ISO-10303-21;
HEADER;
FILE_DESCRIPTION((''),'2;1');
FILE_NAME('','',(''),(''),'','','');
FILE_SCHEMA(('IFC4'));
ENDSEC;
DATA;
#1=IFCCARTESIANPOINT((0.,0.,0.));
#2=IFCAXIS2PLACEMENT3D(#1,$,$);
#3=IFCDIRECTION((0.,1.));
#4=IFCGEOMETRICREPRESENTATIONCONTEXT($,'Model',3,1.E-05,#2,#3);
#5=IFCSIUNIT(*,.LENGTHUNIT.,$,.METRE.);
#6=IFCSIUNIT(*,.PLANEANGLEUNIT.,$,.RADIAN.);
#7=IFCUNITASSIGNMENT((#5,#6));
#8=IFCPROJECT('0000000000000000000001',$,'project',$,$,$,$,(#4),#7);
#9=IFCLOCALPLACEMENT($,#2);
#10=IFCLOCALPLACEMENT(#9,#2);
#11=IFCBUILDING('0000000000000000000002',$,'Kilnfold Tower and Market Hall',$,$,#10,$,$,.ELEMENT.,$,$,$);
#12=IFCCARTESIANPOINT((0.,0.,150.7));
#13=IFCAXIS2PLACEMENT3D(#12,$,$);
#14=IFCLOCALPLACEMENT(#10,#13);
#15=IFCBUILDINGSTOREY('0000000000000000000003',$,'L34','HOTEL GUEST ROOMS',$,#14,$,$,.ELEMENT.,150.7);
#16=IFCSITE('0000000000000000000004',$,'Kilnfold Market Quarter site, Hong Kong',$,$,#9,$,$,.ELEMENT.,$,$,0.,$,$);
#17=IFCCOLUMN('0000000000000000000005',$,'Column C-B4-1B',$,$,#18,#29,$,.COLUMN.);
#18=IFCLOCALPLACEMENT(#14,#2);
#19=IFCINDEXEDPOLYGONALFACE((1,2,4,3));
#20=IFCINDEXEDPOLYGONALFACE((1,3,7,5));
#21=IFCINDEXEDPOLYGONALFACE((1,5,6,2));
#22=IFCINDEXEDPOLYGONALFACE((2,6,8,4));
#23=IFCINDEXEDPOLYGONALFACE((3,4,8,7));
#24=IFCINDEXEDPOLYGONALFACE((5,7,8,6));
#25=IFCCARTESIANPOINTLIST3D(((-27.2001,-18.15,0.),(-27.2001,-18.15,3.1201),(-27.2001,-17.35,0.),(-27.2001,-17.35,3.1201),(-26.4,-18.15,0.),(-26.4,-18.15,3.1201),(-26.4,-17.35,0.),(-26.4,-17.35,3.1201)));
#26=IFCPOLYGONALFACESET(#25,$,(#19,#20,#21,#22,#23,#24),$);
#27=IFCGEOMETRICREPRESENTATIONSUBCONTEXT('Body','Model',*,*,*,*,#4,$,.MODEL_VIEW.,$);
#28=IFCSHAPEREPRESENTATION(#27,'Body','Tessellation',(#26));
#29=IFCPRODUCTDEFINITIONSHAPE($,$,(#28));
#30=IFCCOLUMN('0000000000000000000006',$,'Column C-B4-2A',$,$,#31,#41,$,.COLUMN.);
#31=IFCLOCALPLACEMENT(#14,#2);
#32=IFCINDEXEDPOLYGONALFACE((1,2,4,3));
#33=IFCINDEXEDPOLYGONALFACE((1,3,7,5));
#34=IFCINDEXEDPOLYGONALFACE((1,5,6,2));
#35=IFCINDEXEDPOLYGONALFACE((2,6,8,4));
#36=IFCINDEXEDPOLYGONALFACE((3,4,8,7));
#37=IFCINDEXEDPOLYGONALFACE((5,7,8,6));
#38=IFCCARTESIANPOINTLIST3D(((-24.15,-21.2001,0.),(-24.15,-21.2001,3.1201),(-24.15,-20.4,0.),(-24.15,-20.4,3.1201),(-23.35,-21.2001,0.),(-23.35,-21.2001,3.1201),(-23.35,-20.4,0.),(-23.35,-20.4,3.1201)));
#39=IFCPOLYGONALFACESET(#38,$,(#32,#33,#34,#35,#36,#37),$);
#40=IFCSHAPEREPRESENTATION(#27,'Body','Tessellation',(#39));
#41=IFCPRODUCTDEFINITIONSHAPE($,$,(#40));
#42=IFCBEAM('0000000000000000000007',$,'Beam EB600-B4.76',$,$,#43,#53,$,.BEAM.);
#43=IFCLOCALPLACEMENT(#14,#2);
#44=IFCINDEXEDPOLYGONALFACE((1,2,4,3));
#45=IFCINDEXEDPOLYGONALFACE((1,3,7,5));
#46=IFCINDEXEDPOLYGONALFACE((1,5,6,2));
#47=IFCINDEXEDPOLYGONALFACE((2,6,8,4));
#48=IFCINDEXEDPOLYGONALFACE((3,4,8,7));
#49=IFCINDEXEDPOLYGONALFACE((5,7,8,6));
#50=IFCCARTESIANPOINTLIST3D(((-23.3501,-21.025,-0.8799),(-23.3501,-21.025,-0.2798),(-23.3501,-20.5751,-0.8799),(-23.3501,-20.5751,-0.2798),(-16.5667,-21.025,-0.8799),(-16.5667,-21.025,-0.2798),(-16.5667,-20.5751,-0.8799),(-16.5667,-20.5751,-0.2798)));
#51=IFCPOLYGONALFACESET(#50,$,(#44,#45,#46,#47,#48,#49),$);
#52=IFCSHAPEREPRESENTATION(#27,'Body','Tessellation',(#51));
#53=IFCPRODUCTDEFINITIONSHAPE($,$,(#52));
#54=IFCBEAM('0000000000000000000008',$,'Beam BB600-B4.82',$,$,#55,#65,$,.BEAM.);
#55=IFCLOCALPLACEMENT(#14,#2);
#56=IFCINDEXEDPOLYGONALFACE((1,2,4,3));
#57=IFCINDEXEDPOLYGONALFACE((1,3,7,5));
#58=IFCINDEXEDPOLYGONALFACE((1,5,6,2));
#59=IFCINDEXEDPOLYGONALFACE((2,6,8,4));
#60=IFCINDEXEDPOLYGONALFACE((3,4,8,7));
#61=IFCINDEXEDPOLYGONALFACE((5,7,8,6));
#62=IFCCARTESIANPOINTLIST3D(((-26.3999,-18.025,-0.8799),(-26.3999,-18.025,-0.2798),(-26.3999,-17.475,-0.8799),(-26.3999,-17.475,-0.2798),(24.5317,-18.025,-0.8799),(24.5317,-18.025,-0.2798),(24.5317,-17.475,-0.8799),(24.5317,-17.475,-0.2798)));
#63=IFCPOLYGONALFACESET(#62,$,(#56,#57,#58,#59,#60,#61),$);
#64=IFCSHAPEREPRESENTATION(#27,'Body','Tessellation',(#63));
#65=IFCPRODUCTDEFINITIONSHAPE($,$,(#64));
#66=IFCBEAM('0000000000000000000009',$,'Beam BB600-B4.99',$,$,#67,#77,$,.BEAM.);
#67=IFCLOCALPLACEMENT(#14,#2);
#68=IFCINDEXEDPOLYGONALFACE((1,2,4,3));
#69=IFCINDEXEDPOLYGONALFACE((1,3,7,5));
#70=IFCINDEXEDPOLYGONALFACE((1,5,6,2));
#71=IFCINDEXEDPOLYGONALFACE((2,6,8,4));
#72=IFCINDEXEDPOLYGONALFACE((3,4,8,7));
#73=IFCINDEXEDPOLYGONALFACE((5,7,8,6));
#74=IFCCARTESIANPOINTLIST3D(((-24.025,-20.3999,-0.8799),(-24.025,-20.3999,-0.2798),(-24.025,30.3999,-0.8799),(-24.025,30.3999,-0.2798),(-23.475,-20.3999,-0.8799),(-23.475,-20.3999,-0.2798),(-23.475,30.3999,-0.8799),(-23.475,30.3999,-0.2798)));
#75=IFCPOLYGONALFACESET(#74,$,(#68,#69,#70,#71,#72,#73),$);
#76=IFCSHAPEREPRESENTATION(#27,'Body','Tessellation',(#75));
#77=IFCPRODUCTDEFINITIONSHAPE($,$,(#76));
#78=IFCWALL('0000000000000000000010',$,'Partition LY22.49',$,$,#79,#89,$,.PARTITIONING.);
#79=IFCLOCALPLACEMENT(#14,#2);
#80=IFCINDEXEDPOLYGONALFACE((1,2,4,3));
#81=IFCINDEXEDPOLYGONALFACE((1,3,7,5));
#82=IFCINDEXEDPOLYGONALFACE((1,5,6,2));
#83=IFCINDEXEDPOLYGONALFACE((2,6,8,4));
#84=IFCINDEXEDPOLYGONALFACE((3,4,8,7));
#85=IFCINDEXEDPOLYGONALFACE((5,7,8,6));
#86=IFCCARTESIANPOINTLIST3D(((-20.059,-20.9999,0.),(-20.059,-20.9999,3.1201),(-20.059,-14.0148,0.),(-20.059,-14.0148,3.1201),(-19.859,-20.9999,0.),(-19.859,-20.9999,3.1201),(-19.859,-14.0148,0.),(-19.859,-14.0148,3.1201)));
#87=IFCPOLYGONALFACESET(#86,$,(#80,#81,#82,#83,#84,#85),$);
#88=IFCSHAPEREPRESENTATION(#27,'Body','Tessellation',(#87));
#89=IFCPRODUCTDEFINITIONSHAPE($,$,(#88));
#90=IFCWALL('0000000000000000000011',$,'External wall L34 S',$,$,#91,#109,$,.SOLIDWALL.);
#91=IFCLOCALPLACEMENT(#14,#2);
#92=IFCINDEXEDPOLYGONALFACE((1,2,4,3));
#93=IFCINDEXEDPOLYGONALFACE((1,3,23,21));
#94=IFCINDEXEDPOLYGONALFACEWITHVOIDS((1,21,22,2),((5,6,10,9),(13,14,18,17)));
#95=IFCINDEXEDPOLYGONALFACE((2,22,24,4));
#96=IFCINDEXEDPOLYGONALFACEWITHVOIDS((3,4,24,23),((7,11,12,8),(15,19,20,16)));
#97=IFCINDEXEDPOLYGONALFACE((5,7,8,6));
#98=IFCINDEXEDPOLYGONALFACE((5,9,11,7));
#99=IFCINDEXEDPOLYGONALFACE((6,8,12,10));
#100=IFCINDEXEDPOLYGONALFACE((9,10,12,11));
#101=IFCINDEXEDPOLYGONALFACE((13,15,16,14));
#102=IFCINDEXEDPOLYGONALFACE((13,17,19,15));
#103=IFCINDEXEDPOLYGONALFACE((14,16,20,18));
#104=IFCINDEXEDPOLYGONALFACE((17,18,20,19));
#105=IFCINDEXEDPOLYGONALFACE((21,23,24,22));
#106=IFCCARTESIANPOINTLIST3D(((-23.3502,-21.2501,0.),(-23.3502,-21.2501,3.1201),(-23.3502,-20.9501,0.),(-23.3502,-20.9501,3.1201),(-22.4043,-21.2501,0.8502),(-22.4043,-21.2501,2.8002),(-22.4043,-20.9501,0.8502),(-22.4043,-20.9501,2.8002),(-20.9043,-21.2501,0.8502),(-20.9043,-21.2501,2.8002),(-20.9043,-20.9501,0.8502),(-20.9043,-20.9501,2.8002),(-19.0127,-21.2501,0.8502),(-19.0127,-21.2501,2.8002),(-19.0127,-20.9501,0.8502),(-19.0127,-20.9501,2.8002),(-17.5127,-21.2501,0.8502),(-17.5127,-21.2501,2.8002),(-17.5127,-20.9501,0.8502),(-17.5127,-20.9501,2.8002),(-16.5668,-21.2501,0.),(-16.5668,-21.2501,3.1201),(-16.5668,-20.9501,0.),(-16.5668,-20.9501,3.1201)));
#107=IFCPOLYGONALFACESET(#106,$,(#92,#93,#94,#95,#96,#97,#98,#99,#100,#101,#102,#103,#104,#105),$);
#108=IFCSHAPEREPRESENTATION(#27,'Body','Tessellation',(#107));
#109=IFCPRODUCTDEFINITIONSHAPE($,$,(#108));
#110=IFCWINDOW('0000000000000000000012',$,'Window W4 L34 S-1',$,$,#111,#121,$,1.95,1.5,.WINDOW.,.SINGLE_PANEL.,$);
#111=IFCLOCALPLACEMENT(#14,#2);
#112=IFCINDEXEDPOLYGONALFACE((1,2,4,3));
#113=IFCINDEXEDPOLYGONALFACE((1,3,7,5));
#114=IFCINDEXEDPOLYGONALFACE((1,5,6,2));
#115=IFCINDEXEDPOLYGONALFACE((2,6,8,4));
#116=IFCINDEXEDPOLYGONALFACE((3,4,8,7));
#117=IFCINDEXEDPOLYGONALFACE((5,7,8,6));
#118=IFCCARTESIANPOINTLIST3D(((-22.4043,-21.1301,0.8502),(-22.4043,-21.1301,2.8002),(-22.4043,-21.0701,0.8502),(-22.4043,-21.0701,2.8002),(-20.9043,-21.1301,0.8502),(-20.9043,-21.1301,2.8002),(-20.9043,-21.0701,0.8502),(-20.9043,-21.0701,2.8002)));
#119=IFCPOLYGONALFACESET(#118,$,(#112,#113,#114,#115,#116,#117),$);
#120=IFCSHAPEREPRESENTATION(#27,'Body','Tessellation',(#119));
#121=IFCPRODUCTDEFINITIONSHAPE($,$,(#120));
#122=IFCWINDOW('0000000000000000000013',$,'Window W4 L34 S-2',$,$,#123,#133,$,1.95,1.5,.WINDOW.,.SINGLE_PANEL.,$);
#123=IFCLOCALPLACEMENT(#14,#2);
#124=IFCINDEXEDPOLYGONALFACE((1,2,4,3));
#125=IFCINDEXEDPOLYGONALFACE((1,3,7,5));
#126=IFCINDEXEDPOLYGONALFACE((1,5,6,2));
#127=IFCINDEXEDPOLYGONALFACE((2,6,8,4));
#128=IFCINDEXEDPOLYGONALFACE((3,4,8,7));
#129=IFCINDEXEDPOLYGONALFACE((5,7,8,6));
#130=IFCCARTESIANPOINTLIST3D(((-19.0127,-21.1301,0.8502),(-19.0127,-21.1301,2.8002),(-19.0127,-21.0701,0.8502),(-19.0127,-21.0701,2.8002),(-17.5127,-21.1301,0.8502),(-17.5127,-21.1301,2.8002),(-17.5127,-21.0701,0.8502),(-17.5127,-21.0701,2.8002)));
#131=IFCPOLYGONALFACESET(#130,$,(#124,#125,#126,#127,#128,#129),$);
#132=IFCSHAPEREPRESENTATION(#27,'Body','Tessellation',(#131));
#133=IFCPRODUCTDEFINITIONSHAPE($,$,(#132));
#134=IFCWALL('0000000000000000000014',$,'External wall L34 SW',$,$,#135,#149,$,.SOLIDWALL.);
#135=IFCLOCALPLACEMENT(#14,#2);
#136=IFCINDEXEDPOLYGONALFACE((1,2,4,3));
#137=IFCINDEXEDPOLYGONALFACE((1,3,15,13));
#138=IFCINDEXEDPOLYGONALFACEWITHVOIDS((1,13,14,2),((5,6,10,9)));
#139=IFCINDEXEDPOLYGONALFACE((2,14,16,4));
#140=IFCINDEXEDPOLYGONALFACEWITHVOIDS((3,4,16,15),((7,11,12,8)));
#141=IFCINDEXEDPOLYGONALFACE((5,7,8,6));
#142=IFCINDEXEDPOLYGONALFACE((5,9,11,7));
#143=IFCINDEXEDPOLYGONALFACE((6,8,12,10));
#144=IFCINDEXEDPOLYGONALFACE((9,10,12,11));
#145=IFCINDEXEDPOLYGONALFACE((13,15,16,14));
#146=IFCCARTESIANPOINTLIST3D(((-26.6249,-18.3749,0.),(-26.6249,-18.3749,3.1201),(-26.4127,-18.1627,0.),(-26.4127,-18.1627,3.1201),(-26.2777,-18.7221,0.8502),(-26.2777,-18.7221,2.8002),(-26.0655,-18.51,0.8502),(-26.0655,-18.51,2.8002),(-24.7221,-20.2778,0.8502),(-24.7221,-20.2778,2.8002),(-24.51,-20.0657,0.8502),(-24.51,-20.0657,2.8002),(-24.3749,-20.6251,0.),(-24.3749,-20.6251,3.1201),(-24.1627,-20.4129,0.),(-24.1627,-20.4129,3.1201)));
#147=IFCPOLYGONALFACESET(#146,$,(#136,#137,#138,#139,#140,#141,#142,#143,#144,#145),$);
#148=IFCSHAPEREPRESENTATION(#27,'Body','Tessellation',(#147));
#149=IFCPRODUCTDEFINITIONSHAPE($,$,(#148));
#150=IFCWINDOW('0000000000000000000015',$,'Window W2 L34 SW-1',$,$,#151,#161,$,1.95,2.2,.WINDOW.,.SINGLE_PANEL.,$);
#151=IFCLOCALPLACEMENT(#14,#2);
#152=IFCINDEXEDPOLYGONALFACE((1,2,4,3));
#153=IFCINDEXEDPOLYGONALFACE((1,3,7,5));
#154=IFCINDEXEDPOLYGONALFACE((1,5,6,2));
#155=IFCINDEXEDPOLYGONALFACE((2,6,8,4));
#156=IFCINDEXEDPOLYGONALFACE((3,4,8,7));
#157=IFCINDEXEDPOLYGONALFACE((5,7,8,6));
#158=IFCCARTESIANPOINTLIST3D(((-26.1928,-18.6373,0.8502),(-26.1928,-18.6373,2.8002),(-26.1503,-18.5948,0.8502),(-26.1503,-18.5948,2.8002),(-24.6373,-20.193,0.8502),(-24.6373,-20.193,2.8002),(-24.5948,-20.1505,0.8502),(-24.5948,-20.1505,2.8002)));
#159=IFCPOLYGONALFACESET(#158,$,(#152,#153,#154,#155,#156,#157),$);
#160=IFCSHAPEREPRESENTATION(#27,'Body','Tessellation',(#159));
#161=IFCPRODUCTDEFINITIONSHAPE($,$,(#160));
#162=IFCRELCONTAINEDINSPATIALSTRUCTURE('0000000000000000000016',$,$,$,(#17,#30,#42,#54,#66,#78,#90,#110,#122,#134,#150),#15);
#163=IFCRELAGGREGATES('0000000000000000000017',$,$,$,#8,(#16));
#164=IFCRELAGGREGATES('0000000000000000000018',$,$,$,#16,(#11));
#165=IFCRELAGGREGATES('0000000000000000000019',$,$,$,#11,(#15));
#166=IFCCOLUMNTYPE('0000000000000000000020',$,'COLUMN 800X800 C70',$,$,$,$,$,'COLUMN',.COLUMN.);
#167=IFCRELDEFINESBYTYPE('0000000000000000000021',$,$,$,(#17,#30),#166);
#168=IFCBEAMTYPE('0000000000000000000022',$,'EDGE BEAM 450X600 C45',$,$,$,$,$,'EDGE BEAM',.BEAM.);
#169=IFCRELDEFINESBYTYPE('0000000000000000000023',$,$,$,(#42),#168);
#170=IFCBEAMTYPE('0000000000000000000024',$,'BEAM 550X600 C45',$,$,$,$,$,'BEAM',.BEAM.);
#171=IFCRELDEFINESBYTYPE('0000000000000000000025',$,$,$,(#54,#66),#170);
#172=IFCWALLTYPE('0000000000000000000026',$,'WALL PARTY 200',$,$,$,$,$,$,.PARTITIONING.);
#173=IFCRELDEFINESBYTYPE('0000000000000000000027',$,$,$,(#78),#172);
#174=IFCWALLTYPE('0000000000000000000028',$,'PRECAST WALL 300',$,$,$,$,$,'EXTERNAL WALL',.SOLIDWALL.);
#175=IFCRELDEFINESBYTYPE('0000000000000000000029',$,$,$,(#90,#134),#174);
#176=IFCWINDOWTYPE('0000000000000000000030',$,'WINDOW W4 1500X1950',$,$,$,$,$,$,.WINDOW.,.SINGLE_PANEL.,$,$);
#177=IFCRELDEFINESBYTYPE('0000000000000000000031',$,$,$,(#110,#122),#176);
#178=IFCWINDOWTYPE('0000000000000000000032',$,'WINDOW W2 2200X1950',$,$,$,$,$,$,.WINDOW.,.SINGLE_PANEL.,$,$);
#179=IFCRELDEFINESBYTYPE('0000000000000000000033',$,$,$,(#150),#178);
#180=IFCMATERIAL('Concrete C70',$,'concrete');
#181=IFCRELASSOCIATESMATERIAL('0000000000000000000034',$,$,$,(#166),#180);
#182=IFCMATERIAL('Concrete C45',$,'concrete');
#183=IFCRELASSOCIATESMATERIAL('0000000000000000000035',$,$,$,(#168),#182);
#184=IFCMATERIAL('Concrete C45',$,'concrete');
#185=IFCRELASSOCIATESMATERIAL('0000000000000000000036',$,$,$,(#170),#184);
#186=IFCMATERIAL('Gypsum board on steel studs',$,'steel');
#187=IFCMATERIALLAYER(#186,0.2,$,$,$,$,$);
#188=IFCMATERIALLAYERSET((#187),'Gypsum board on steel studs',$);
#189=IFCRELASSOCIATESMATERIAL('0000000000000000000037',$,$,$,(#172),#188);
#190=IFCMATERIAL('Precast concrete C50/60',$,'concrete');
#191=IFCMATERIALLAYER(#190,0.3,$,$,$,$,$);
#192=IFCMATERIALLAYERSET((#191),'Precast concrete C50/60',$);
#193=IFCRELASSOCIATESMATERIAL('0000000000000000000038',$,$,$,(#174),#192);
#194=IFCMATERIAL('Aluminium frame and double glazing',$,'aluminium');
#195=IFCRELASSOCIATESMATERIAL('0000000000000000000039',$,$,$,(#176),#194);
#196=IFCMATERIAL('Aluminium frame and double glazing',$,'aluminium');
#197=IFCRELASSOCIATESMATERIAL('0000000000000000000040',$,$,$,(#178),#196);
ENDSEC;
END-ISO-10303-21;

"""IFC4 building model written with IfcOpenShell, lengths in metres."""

from ifc_helpers import new_model, si_unit, direction, frame, frame_2d, origin, origin_2d, place, context, subcontext, project, spatial, rectangle, extrude, source, transform, mapped, material, layer, layer_set, material_profile, profile_set, type_object, element, fill, save


model = new_model("IFC4")

# Units and contexts
model_context = context("Model", 3, precision=1e-05, world=origin(), true_north=direction((0.0, 1.0)))
body_context = subcontext(model_context, "Body", "Model", "MODEL_VIEW")
ifc_project = project(units=[si_unit("LENGTHUNIT", "METRE"), si_unit("PLANEANGLEUNIT", "RADIAN")], contexts=[model_context])

# Site, building, storey
site_placement = place(None, origin())
site = spatial("IfcSite", under=ifc_project, at=site_placement, Name="Kilnfold Market Quarter site, Hong Kong", CompositionType="ELEMENT", RefElevation=0.0)
building_placement = place(site_placement, origin())
building = spatial("IfcBuilding", under=site, at=building_placement, Name="Kilnfold Tower and Market Hall", CompositionType="ELEMENT")
storey_placement = place(building_placement, frame((0.0, 0.0, 150.7)))
storey = spatial("IfcBuildingStorey", under=building, at=storey_placement, Name="L34", Description="HOTEL GUEST ROOMS", CompositionType="ELEMENT", Elevation=150.7)

# Columns
ifc_material_1 = material(Name="Concrete C70", Category="concrete")
ifc_material_profile_1 = material_profile(ifc_material_1, rectangle(XDim=0.8, YDim=0.8, at=origin_2d()), Name="RC 800x800")
ifc_profile_set_1 = profile_set([ifc_material_profile_1], Name="Concrete C70")
column_type = type_object("IfcColumnType", Name="COLUMN 800X800 C70", ElementType="COLUMN", PredefinedType="COLUMN", material=ifc_profile_set_1)
shared_shape_1 = source(origin(), body_context, "Body", "SweptSolid", [
    extrude(rectangle(XDim=0.8, YDim=0.8, at=origin_2d()), origin(), (0.0, 0.0, 1.0), 3.1201),
])
for number, where, z_axis, x_axis, name in (
    (1, (-26.8, -17.75, 0.0), (0.0, 0.0, 1.0), (1.0, 0.0, 0.0), "Column C-B4-1B"),
    (2, (-23.75, -20.8, 0.0), (0.0, 0.0, 1.0), (1.0, 0.0, 0.0), "Column C-B4-2A"),
):
    element("IfcColumn", number, at=place(storey_placement, frame(where, z_axis=z_axis, x_axis=x_axis)), inside=storey, type_object=column_type, Name=name, PredefinedType="COLUMN", context=body_context, shape_type="MappedRepresentation", body=[
        mapped(shared_shape_1, transform((0.0, 0.0, 0.0))),
    ])

# Beams
ifc_material_2 = material(Name="Concrete C45", Category="concrete")
ifc_material_profile_2 = material_profile(ifc_material_2, rectangle(XDim=0.45, YDim=0.6001, at=origin_2d()), Name="RC 450x600")
ifc_profile_set_2 = profile_set([ifc_material_profile_2], Name="Concrete C45")
beam_type_1 = type_object("IfcBeamType", Name="EDGE BEAM 450X600 C45", ElementType="EDGE BEAM", PredefinedType="BEAM", material=ifc_profile_set_2)
shared_shape_2 = source(origin(), body_context, "Body", "SweptSolid", [
    extrude(rectangle(XDim=0.45, YDim=0.6001, at=origin_2d()), origin(), (0.0, 0.0, 1.0), 6.7834),
])
beam_1_placement = place(storey_placement, frame((-23.3501, -20.8, -0.5798), z_axis=(1.0, 0.0, 0.0), x_axis=(0.0, 1.0, 0.0)))
element("IfcBeam", 3, at=beam_1_placement, inside=storey, type_object=beam_type_1, Name="Beam EB600-B4.76", PredefinedType="BEAM", context=body_context, shape_type="MappedRepresentation", body=[
    mapped(shared_shape_2, transform((0.0, 0.0, 0.0))),
])
ifc_material_3 = material(Name="Concrete C45", Category="concrete")
ifc_material_profile_3 = material_profile(ifc_material_3, rectangle(XDim=0.55, YDim=0.6001, at=origin_2d()), Name="RC 550x600")
ifc_profile_set_3 = profile_set([ifc_material_profile_3], Name="Concrete C45")
beam_type_2 = type_object("IfcBeamType", Name="BEAM 550X600 C45", ElementType="BEAM", PredefinedType="BEAM", material=ifc_profile_set_3)
shared_shape_3 = source(origin(), body_context, "Body", "SweptSolid", [
    extrude(rectangle(XDim=0.55, YDim=0.6001, at=origin_2d()), origin(), (0.0, 0.0, 1.0), 50.9316),
])
beam_2_placement = place(storey_placement, frame((-26.3999, -17.75, -0.5798), z_axis=(1.0, 0.0, 0.0), x_axis=(0.0, 1.0, 0.0)))
element("IfcBeam", 4, at=beam_2_placement, inside=storey, type_object=beam_type_2, Name="Beam BB600-B4.82", PredefinedType="BEAM", context=body_context, shape_type="MappedRepresentation", body=[
    mapped(shared_shape_3, transform((0.0, 0.0, 0.0))),
])
shared_shape_4 = source(origin(), body_context, "Body", "SweptSolid", [
    extrude(rectangle(XDim=0.55, YDim=0.6001, at=origin_2d()), origin(), (0.0, 0.0, 1.0), 50.7998),
])
beam_3_placement = place(storey_placement, frame((-23.75, -20.3999, -0.5798), z_axis=(0.0, 1.0, 0.0), x_axis=(-1.0, 0.0, 0.0)))
element("IfcBeam", 5, at=beam_3_placement, inside=storey, type_object=beam_type_2, Name="Beam BB600-B4.99", PredefinedType="BEAM", context=body_context, shape_type="MappedRepresentation", body=[
    mapped(shared_shape_4, transform((0.0, 0.0, 0.0))),
])

# Wall
ifc_material_4 = material(Name="Gypsum board on steel studs", Category="steel")
ifc_layer_1 = layer(ifc_material_4, 0.2)
ifc_layer_set_1 = layer_set([ifc_layer_1], Name="Gypsum board on steel studs")
wall_type_1 = type_object("IfcWallType", Name="WALL PARTY 200", PredefinedType="PARTITIONING", material=ifc_layer_set_1)
wall_1_placement = place(storey_placement, frame((-19.959, -21.0, 0.0), z_axis=(0.0, 0.0, 1.0), x_axis=(0.0, 1.0, 0.0)))
element("IfcWall", 6, at=wall_1_placement, inside=storey, type_object=wall_type_1, Name="Partition LY22.49", PredefinedType="PARTITIONING", context=body_context, shape_type="SweptSolid", body=[
    extrude(rectangle(XDim=6.9851, YDim=0.2, at=frame_2d((3.4927, 0.0))), origin(), (0.0, 0.0, 1.0), 3.1201),
])

# Wall, openings, windows
ifc_material_5 = material(Name="Precast concrete C50/60", Category="concrete")
ifc_layer_2 = layer(ifc_material_5, 0.3)
ifc_layer_set_2 = layer_set([ifc_layer_2], Name="Precast concrete C50/60")
wall_type_2 = type_object("IfcWallType", Name="PRECAST WALL 300", ElementType="EXTERNAL WALL", PredefinedType="SOLIDWALL", material=ifc_layer_set_2)
shared_shape_5 = source(origin(), body_context, "Body", "SweptSolid", [
    extrude(rectangle(XDim=6.7834, YDim=0.3, at=frame_2d((3.3916, 0.0))), origin(), (0.0, 0.0, 1.0), 3.1201),
])
wall_2_placement = place(storey_placement, frame((-23.3501, -21.1001, 0.0), z_axis=(0.0, 0.0, 1.0), x_axis=(1.0, 0.0, 0.0)))
wall_2 = element("IfcWall", 7, at=wall_2_placement, inside=storey, type_object=wall_type_2, Name="External wall L34 S", PredefinedType="SOLIDWALL", context=body_context, shape_type="MappedRepresentation", body=[
    mapped(shared_shape_5, transform((0.0, 0.0, 0.0))),
])
opening_1_placement = place(wall_2_placement, frame((0.9458, 0.0, 0.8501)))
opening_1 = element("IfcOpeningElement", 8, at=opening_1_placement, cuts=wall_2, PredefinedType="OPENING", context=body_context, shape_type="SweptSolid", body=[
    extrude(rectangle(XDim=1.5, YDim=1.95, at=frame_2d((0.75, 0.9751))), frame((0.0, 0.1602, 0.0), z_axis=(0.0, -1.0, 0.0), x_axis=(1.0, 0.0, 0.0)), (0.0, 0.0, 1.0), 0.3201),
])
opening_2_placement = place(wall_2_placement, frame((4.3374, 0.0, 0.8501)))
opening_2 = element("IfcOpeningElement", 9, at=opening_2_placement, cuts=wall_2, PredefinedType="OPENING", context=body_context, shape_type="SweptSolid", body=[
    extrude(rectangle(XDim=1.5, YDim=1.95, at=frame_2d((0.75, 0.9751))), frame((0.0, 0.1602, 0.0), z_axis=(0.0, -1.0, 0.0), x_axis=(1.0, 0.0, 0.0)), (0.0, 0.0, 1.0), 0.3201),
])
ifc_material_6 = material(Name="Aluminium frame and double glazing", Category="aluminium")
window_type_1 = type_object("IfcWindowType", Name="WINDOW W4 1500X1950", PartitioningType="SINGLE_PANEL", PredefinedType="WINDOW", material=ifc_material_6)
window_1_placement = place(opening_1_placement, origin())
window_1 = element("IfcWindow", 10, at=window_1_placement, inside=storey, type_object=window_type_1, Name="Window W4 L34 S-1", OverallHeight=1.95, OverallWidth=1.5, PartitioningType="SINGLE_PANEL", PredefinedType="WINDOW", context=body_context, shape_type="SweptSolid", body=[
    extrude(rectangle(XDim=1.5, YDim=1.95, at=frame_2d((0.75, 0.9751))), frame((0.0, 0.03, 0.0), z_axis=(0.0, -1.0, 0.0), x_axis=(1.0, 0.0, 0.0)), (0.0, 0.0, 1.0), 0.0601),
])
fill(opening_1, window_1)
window_2_placement = place(opening_2_placement, origin())
window_2 = element("IfcWindow", 11, at=window_2_placement, inside=storey, type_object=window_type_1, Name="Window W4 L34 S-2", OverallHeight=1.95, OverallWidth=1.5, PartitioningType="SINGLE_PANEL", PredefinedType="WINDOW", context=body_context, shape_type="SweptSolid", body=[
    extrude(rectangle(XDim=1.5, YDim=1.95, at=frame_2d((0.75, 0.9751))), frame((0.0, 0.03, 0.0), z_axis=(0.0, -1.0, 0.0), x_axis=(1.0, 0.0, 0.0)), (0.0, 0.0, 1.0), 0.0601),
])
fill(opening_2, window_2)

# Wall, opening, window
shared_shape_6 = source(origin(), body_context, "Body", "SweptSolid", [
    extrude(rectangle(XDim=3.1821, YDim=0.3, at=frame_2d((1.5911, 0.0))), origin(), (0.0, 0.0, 1.0), 3.1201),
])
wall_3_placement = place(storey_placement, frame((-26.5188, -18.2688, 0.0), z_axis=(0.0, 0.0, 1.0), x_axis=(0.707068, -0.707145, 0.0)))
wall_3 = element("IfcWall", 12, at=wall_3_placement, inside=storey, type_object=wall_type_2, Name="External wall L34 SW", PredefinedType="SOLIDWALL", context=body_context, shape_type="MappedRepresentation", body=[
    mapped(shared_shape_6, transform((0.0, 0.0, 0.0))),
])
opening_3_placement = place(wall_3_placement, frame((0.491, 0.0, 0.8501)))
opening_3 = element("IfcOpeningElement", 13, at=opening_3_placement, cuts=wall_3, PredefinedType="OPENING", context=body_context, shape_type="SweptSolid", body=[
    extrude(rectangle(XDim=2.2, YDim=1.95, at=frame_2d((1.1001, 0.9751))), frame((0.0, 0.1602, 0.0), z_axis=(0.0, -1.0, 0.0), x_axis=(1.0, 0.0, 0.0)), (0.0, 0.0, 1.0), 0.3201),
])
ifc_material_7 = material(Name="Aluminium frame and double glazing", Category="aluminium")
window_type_2 = type_object("IfcWindowType", Name="WINDOW W2 2200X1950", PartitioningType="SINGLE_PANEL", PredefinedType="WINDOW", material=ifc_material_7)
window_3_placement = place(opening_3_placement, origin())
window_3 = element("IfcWindow", 14, at=window_3_placement, inside=storey, type_object=window_type_2, Name="Window W2 L34 SW-1", OverallHeight=1.95, OverallWidth=2.2, PartitioningType="SINGLE_PANEL", PredefinedType="WINDOW", context=body_context, shape_type="SweptSolid", body=[
    extrude(rectangle(XDim=2.2, YDim=1.95, at=frame_2d((1.1001, 0.9751))), frame((0.0, 0.03, 0.0), z_axis=(0.0, -1.0, 0.0), x_axis=(1.0, 0.0, 0.0)), (0.0, 0.0, 1.0), 0.0601),
])
fill(opening_3, window_3)

save(model, "model.ifc")
